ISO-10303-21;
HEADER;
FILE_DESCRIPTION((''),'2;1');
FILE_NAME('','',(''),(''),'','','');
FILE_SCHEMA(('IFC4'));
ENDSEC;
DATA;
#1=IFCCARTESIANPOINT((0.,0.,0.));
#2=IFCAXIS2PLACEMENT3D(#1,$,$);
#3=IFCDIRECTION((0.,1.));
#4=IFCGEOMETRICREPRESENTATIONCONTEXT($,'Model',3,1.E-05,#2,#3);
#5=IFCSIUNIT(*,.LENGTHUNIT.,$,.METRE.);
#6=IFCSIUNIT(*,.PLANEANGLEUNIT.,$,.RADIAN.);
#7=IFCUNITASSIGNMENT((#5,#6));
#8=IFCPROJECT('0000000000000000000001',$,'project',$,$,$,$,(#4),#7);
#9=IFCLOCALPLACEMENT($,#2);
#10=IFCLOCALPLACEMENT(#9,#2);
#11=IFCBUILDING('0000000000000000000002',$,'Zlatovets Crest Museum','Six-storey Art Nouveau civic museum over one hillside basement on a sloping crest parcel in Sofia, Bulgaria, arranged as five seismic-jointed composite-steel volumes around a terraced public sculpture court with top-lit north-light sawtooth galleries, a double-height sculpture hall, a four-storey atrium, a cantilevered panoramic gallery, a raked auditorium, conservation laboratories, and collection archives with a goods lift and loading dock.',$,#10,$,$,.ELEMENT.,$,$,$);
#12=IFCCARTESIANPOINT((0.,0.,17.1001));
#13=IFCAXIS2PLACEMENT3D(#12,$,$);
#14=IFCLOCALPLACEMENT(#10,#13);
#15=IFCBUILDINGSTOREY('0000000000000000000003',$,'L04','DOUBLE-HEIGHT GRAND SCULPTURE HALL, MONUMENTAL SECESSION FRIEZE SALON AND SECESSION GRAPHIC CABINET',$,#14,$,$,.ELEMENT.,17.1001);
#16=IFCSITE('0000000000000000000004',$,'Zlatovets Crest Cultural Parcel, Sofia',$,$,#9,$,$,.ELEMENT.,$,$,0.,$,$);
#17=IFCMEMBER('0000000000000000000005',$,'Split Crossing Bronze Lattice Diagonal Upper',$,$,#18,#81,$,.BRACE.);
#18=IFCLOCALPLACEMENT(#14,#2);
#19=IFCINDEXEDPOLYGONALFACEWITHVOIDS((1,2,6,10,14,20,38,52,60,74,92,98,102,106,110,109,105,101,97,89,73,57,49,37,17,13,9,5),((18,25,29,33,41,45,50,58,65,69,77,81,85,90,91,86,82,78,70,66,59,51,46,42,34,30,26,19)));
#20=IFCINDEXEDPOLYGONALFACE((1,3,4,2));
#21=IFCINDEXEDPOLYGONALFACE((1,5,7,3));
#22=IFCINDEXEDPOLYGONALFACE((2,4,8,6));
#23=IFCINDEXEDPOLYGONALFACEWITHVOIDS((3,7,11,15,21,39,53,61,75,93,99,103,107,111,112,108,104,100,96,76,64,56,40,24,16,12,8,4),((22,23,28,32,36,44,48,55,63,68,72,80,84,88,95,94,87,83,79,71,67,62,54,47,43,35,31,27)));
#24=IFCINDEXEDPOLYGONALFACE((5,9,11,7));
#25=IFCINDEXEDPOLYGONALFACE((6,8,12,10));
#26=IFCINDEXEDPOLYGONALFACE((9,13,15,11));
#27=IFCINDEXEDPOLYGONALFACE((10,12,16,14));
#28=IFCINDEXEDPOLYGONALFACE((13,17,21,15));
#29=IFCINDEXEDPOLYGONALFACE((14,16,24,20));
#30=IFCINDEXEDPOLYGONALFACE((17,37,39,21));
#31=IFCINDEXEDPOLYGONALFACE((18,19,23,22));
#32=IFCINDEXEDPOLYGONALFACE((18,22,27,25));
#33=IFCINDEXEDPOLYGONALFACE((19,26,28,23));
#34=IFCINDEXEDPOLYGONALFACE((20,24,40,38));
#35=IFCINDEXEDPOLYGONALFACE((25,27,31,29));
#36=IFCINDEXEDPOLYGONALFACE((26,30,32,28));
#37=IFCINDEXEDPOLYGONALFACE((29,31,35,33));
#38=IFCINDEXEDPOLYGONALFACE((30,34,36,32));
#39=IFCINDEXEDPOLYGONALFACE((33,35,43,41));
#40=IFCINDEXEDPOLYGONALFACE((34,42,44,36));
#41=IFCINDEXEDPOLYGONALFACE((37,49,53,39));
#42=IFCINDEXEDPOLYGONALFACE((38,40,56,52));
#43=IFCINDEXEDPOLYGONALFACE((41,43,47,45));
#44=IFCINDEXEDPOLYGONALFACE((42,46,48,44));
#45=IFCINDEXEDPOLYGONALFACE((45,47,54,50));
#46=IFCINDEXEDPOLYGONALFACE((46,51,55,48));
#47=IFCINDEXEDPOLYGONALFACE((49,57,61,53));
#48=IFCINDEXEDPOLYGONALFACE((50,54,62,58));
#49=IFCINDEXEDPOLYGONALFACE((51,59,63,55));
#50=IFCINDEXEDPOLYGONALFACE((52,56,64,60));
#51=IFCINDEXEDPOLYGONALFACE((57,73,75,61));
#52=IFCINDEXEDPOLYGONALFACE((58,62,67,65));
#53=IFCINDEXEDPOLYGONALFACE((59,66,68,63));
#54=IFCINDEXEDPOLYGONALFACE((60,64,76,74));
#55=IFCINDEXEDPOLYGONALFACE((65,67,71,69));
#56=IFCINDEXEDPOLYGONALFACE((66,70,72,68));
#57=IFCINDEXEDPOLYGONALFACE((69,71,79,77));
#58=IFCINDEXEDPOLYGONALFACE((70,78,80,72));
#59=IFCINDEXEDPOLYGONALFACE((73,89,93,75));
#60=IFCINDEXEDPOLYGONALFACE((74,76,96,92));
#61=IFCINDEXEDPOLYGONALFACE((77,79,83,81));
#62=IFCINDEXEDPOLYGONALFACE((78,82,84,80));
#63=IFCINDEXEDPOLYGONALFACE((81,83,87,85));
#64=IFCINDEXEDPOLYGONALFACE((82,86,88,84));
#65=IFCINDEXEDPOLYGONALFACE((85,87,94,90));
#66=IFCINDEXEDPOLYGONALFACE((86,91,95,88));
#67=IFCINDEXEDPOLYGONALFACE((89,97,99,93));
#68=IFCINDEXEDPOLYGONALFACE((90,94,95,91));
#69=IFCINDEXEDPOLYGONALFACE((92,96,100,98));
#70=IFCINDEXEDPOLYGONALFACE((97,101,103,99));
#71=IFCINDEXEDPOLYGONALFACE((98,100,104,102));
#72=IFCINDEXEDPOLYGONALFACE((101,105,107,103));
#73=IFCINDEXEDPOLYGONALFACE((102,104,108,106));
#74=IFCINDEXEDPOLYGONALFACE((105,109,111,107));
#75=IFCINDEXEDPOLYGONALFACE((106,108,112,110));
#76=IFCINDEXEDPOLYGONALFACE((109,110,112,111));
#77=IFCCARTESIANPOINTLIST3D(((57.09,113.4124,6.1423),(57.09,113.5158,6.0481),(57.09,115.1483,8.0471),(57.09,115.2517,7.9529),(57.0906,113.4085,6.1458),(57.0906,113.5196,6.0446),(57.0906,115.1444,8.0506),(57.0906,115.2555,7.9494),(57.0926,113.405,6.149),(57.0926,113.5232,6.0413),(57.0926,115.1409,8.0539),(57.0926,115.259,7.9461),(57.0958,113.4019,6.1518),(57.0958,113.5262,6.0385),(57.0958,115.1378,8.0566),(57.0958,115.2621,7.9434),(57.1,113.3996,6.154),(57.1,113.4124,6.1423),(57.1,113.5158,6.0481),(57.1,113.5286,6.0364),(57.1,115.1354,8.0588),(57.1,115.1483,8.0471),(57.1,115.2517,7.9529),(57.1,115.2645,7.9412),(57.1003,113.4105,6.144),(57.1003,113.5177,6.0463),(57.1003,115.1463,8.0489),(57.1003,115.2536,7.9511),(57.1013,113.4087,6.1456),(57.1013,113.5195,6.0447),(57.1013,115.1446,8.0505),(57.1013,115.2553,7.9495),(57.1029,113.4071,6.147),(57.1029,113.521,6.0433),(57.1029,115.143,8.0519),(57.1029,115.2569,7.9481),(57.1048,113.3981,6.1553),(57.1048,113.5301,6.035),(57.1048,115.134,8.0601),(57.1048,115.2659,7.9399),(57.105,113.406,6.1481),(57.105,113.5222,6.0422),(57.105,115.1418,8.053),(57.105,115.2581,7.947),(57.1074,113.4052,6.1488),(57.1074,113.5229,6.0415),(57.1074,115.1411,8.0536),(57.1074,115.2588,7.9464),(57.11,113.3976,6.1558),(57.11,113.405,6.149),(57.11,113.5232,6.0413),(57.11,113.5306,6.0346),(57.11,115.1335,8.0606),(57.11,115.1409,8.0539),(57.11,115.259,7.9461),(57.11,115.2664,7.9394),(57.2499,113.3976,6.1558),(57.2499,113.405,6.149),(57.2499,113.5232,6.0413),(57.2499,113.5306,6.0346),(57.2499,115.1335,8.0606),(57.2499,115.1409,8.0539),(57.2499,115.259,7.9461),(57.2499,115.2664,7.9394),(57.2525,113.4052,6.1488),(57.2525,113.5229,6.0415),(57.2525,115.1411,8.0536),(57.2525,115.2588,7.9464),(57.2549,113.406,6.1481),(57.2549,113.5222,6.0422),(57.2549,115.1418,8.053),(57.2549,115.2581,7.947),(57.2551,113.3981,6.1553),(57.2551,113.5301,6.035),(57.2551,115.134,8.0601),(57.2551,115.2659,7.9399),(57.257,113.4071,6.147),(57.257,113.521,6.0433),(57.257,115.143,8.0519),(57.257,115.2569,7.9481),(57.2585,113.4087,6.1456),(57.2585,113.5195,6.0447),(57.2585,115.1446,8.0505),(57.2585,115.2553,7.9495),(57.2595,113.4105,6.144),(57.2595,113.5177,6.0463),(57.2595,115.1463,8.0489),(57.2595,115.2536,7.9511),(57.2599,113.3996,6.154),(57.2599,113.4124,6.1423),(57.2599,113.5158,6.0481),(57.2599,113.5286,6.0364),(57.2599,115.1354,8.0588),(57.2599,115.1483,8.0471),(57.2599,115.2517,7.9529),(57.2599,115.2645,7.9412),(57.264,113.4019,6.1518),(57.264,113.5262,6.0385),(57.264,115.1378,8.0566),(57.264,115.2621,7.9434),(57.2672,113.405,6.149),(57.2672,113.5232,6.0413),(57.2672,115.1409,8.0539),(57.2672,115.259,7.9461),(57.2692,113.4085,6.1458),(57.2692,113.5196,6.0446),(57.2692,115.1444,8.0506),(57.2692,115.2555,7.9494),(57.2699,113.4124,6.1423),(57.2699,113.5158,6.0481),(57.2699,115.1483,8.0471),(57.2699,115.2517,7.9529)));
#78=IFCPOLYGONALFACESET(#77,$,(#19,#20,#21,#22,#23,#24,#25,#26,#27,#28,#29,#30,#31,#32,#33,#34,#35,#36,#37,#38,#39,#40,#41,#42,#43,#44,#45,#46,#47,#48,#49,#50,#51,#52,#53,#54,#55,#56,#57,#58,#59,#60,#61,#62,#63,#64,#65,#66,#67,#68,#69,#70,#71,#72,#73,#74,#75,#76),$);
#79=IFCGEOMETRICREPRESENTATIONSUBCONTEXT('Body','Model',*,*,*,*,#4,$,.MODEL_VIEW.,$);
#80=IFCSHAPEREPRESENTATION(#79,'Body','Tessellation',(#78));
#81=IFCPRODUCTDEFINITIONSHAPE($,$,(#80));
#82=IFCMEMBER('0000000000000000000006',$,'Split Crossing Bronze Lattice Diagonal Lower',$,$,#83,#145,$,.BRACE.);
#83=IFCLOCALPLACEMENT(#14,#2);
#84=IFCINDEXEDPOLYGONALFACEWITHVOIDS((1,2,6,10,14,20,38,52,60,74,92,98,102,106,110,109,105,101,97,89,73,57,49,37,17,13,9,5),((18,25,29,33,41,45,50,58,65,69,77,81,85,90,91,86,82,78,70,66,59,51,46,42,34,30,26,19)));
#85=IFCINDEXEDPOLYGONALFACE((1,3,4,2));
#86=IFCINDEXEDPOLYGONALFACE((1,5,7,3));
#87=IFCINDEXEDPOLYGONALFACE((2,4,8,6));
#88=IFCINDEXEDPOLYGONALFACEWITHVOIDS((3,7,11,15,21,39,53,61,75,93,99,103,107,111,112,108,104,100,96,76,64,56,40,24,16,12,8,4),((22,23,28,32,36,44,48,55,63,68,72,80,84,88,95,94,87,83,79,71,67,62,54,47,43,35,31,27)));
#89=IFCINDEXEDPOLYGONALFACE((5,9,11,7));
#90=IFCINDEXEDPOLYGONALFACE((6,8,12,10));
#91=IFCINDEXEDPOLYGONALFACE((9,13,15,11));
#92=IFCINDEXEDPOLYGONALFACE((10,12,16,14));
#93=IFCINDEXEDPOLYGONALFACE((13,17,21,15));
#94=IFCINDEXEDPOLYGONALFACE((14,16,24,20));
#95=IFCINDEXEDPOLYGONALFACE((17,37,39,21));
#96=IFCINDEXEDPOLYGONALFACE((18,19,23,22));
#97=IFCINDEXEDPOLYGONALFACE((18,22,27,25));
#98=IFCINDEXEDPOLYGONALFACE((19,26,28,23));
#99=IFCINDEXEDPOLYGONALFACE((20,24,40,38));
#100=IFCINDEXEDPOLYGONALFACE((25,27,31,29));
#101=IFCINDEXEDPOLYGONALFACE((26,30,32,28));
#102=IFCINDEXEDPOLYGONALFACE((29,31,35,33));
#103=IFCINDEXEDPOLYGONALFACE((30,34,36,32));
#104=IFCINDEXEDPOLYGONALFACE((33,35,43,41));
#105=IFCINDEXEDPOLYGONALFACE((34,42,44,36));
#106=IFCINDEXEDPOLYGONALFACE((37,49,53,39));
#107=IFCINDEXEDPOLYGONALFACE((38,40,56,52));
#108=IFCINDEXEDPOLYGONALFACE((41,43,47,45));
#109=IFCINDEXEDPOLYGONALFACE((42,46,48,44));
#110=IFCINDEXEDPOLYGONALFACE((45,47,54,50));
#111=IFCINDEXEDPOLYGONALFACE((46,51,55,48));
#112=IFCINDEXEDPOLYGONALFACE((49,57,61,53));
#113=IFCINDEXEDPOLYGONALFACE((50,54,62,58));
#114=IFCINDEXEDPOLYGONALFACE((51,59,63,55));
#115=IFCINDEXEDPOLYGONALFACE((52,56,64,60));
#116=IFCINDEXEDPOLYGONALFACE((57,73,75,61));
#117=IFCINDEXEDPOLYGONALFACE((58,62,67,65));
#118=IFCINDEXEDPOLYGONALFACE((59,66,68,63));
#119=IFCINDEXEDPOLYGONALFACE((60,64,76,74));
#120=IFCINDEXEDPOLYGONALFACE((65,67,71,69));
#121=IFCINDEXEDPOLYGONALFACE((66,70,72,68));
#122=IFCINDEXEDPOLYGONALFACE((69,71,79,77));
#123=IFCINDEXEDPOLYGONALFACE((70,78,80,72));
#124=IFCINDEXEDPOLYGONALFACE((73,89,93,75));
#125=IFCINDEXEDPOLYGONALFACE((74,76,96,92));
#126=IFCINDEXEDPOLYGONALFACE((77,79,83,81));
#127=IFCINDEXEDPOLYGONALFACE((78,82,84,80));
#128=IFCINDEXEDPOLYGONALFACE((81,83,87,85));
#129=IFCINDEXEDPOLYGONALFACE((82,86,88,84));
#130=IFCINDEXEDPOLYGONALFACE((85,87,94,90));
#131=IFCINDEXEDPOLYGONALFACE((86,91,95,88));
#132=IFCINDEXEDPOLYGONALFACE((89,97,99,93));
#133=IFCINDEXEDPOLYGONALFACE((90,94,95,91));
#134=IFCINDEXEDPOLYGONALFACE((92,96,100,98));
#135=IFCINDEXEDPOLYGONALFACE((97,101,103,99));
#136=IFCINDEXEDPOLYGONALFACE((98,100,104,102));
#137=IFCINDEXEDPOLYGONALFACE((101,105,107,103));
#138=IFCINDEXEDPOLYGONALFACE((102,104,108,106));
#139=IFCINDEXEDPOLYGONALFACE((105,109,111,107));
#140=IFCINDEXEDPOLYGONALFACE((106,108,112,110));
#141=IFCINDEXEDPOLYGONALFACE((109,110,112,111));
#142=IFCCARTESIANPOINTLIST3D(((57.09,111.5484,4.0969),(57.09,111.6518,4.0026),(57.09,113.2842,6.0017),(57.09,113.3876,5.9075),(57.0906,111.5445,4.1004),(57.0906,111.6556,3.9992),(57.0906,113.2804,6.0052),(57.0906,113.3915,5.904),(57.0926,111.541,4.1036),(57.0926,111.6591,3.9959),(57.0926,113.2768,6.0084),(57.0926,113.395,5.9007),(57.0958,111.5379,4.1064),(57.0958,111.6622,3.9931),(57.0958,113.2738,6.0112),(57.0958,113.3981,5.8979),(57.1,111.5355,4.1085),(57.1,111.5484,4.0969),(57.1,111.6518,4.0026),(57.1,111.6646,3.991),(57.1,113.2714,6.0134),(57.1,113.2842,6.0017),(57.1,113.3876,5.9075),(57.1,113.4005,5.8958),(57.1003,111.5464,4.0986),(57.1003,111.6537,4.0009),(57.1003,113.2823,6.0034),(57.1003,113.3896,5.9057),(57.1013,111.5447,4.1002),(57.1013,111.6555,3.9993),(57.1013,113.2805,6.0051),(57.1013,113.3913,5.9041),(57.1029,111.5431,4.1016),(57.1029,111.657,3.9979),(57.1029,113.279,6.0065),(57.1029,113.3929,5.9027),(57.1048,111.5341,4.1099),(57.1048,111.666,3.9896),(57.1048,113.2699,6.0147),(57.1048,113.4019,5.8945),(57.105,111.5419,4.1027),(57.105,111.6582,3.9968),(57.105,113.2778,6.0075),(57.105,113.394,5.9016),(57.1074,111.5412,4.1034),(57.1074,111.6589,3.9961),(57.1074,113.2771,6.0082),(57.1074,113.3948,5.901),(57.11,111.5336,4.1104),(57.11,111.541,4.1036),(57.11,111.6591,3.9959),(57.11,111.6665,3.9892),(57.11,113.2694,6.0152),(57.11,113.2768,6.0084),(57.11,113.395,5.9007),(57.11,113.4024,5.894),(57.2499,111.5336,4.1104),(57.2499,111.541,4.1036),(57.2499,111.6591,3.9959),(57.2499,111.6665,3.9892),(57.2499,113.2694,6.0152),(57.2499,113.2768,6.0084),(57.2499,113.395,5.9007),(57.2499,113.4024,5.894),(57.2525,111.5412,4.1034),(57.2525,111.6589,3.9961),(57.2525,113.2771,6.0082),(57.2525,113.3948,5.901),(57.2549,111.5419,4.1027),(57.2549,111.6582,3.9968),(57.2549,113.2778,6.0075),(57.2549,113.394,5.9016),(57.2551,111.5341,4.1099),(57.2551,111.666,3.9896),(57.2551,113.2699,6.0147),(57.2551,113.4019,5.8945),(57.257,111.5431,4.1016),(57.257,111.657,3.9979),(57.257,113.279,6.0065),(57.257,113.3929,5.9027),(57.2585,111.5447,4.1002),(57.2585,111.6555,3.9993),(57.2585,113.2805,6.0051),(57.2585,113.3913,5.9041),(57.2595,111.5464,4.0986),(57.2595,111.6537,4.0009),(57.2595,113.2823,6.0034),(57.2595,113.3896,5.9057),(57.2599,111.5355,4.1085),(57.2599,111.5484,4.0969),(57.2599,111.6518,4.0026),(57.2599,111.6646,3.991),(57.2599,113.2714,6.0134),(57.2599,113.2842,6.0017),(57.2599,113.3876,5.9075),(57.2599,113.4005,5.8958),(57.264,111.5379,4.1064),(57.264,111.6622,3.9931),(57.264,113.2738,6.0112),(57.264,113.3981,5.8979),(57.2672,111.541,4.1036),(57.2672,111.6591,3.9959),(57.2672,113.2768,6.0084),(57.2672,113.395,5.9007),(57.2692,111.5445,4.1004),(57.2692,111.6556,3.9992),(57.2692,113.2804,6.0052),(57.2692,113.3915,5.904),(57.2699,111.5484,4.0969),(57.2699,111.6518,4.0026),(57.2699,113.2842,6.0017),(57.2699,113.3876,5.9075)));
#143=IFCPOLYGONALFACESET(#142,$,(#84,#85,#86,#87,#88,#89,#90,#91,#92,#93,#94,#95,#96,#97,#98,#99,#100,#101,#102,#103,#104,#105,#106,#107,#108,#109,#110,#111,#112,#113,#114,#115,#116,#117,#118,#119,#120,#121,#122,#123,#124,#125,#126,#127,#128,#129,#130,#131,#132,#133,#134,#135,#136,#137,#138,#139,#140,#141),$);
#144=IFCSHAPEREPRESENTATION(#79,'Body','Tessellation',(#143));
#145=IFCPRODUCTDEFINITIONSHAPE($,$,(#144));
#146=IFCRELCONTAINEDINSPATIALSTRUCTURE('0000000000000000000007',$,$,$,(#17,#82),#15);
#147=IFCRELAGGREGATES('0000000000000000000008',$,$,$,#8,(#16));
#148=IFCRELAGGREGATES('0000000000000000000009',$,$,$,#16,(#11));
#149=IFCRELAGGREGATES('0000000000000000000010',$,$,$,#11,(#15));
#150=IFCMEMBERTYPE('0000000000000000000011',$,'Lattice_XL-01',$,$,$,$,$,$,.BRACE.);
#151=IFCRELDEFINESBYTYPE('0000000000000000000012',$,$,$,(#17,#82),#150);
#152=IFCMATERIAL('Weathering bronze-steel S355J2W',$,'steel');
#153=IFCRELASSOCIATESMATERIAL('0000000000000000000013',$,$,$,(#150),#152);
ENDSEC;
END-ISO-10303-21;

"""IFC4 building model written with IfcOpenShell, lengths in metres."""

from ifc_helpers import new_model, si_unit, direction, frame, origin, origin_2d, place, context, subcontext, project, spatial, hollow_rectangle, extrude, material, material_profile, profile_set, type_object, element, save


model = new_model("IFC4")

# Units and contexts
model_context = context("Model", 3, precision=1e-05, world=origin(), true_north=direction((0.0, 1.0)))
body_context = subcontext(model_context, "Body", "Model", "MODEL_VIEW")
ifc_project = project(units=[si_unit("LENGTHUNIT", "METRE"), si_unit("PLANEANGLEUNIT", "RADIAN")], contexts=[model_context])

# Site, building, storey
site_placement = place(None, origin())
site = spatial("IfcSite", under=ifc_project, at=site_placement, Name="Zlatovets Crest Cultural Parcel, Sofia", CompositionType="ELEMENT", RefElevation=0.0)
building_placement = place(site_placement, origin())
building = spatial("IfcBuilding", under=site, at=building_placement, Name="Zlatovets Crest Museum", Description="Six-storey Art Nouveau civic museum over one hillside basement on a sloping crest parcel in Sofia, Bulgaria, arranged as five seismic-jointed composite-steel volumes around a terraced public sculpture court with top-lit north-light sawtooth galleries, a double-height sculpture hall, a four-storey atrium, a cantilevered panoramic gallery, a raked auditorium, conservation laboratories, and collection archives with a goods lift and loading dock.", CompositionType="ELEMENT")
storey_placement = place(building_placement, frame((0.0, 0.0, 17.1001)))
storey = spatial("IfcBuildingStorey", under=building, at=storey_placement, Name="L04", Description="DOUBLE-HEIGHT GRAND SCULPTURE HALL, MONUMENTAL SECESSION FRIEZE SALON AND SECESSION GRAPHIC CABINET", CompositionType="ELEMENT", Elevation=17.1001)

# Members
ifc_material_1 = material(Name="Weathering bronze-steel S355J2W", Category="steel")
ifc_material_profile_1 = material_profile(ifc_material_1, hollow_rectangle(XDim=0.1799, YDim=0.1799, WallThickness=0.01, InnerFilletRadius=0.01, OuterFilletRadius=0.02, at=origin_2d()), Name="SHS 180x180x10.0")
ifc_profile_set_1 = profile_set([ifc_material_profile_1], Name="Weathering bronze-steel S355J2W")
member_type_1 = type_object("IfcMemberType", Name="Lattice_XL-01", PredefinedType="BRACE", material=ifc_profile_set_1)
for number, where, z_axis, x_axis, name in (
    (1, (57.1799, 115.2, 8.0), (0.0, -0.673568, -0.739125), (1.0, 0.0, 0.0), "Split Crossing Bronze Lattice Diagonal Upper"),
    (2, (57.1799, 113.3359, 5.9546), (0.0, -0.673568, -0.739125), (1.0, 0.0, 0.0), "Split Crossing Bronze Lattice Diagonal Lower"),
):
    element("IfcMember", number, at=place(storey_placement, frame(where, z_axis=z_axis, x_axis=x_axis)), inside=storey, type_object=member_type_1, Name=name, PredefinedType="BRACE", context=body_context, shape_type="SweptSolid", body=[
        extrude(hollow_rectangle(XDim=0.1799, YDim=0.1799, WallThickness=0.01, InnerFilletRadius=0.01, OuterFilletRadius=0.02, at=origin_2d()), origin(), (0.0, 0.0, 1.0), 2.5771),
    ])

save(model, "model.ifc")
